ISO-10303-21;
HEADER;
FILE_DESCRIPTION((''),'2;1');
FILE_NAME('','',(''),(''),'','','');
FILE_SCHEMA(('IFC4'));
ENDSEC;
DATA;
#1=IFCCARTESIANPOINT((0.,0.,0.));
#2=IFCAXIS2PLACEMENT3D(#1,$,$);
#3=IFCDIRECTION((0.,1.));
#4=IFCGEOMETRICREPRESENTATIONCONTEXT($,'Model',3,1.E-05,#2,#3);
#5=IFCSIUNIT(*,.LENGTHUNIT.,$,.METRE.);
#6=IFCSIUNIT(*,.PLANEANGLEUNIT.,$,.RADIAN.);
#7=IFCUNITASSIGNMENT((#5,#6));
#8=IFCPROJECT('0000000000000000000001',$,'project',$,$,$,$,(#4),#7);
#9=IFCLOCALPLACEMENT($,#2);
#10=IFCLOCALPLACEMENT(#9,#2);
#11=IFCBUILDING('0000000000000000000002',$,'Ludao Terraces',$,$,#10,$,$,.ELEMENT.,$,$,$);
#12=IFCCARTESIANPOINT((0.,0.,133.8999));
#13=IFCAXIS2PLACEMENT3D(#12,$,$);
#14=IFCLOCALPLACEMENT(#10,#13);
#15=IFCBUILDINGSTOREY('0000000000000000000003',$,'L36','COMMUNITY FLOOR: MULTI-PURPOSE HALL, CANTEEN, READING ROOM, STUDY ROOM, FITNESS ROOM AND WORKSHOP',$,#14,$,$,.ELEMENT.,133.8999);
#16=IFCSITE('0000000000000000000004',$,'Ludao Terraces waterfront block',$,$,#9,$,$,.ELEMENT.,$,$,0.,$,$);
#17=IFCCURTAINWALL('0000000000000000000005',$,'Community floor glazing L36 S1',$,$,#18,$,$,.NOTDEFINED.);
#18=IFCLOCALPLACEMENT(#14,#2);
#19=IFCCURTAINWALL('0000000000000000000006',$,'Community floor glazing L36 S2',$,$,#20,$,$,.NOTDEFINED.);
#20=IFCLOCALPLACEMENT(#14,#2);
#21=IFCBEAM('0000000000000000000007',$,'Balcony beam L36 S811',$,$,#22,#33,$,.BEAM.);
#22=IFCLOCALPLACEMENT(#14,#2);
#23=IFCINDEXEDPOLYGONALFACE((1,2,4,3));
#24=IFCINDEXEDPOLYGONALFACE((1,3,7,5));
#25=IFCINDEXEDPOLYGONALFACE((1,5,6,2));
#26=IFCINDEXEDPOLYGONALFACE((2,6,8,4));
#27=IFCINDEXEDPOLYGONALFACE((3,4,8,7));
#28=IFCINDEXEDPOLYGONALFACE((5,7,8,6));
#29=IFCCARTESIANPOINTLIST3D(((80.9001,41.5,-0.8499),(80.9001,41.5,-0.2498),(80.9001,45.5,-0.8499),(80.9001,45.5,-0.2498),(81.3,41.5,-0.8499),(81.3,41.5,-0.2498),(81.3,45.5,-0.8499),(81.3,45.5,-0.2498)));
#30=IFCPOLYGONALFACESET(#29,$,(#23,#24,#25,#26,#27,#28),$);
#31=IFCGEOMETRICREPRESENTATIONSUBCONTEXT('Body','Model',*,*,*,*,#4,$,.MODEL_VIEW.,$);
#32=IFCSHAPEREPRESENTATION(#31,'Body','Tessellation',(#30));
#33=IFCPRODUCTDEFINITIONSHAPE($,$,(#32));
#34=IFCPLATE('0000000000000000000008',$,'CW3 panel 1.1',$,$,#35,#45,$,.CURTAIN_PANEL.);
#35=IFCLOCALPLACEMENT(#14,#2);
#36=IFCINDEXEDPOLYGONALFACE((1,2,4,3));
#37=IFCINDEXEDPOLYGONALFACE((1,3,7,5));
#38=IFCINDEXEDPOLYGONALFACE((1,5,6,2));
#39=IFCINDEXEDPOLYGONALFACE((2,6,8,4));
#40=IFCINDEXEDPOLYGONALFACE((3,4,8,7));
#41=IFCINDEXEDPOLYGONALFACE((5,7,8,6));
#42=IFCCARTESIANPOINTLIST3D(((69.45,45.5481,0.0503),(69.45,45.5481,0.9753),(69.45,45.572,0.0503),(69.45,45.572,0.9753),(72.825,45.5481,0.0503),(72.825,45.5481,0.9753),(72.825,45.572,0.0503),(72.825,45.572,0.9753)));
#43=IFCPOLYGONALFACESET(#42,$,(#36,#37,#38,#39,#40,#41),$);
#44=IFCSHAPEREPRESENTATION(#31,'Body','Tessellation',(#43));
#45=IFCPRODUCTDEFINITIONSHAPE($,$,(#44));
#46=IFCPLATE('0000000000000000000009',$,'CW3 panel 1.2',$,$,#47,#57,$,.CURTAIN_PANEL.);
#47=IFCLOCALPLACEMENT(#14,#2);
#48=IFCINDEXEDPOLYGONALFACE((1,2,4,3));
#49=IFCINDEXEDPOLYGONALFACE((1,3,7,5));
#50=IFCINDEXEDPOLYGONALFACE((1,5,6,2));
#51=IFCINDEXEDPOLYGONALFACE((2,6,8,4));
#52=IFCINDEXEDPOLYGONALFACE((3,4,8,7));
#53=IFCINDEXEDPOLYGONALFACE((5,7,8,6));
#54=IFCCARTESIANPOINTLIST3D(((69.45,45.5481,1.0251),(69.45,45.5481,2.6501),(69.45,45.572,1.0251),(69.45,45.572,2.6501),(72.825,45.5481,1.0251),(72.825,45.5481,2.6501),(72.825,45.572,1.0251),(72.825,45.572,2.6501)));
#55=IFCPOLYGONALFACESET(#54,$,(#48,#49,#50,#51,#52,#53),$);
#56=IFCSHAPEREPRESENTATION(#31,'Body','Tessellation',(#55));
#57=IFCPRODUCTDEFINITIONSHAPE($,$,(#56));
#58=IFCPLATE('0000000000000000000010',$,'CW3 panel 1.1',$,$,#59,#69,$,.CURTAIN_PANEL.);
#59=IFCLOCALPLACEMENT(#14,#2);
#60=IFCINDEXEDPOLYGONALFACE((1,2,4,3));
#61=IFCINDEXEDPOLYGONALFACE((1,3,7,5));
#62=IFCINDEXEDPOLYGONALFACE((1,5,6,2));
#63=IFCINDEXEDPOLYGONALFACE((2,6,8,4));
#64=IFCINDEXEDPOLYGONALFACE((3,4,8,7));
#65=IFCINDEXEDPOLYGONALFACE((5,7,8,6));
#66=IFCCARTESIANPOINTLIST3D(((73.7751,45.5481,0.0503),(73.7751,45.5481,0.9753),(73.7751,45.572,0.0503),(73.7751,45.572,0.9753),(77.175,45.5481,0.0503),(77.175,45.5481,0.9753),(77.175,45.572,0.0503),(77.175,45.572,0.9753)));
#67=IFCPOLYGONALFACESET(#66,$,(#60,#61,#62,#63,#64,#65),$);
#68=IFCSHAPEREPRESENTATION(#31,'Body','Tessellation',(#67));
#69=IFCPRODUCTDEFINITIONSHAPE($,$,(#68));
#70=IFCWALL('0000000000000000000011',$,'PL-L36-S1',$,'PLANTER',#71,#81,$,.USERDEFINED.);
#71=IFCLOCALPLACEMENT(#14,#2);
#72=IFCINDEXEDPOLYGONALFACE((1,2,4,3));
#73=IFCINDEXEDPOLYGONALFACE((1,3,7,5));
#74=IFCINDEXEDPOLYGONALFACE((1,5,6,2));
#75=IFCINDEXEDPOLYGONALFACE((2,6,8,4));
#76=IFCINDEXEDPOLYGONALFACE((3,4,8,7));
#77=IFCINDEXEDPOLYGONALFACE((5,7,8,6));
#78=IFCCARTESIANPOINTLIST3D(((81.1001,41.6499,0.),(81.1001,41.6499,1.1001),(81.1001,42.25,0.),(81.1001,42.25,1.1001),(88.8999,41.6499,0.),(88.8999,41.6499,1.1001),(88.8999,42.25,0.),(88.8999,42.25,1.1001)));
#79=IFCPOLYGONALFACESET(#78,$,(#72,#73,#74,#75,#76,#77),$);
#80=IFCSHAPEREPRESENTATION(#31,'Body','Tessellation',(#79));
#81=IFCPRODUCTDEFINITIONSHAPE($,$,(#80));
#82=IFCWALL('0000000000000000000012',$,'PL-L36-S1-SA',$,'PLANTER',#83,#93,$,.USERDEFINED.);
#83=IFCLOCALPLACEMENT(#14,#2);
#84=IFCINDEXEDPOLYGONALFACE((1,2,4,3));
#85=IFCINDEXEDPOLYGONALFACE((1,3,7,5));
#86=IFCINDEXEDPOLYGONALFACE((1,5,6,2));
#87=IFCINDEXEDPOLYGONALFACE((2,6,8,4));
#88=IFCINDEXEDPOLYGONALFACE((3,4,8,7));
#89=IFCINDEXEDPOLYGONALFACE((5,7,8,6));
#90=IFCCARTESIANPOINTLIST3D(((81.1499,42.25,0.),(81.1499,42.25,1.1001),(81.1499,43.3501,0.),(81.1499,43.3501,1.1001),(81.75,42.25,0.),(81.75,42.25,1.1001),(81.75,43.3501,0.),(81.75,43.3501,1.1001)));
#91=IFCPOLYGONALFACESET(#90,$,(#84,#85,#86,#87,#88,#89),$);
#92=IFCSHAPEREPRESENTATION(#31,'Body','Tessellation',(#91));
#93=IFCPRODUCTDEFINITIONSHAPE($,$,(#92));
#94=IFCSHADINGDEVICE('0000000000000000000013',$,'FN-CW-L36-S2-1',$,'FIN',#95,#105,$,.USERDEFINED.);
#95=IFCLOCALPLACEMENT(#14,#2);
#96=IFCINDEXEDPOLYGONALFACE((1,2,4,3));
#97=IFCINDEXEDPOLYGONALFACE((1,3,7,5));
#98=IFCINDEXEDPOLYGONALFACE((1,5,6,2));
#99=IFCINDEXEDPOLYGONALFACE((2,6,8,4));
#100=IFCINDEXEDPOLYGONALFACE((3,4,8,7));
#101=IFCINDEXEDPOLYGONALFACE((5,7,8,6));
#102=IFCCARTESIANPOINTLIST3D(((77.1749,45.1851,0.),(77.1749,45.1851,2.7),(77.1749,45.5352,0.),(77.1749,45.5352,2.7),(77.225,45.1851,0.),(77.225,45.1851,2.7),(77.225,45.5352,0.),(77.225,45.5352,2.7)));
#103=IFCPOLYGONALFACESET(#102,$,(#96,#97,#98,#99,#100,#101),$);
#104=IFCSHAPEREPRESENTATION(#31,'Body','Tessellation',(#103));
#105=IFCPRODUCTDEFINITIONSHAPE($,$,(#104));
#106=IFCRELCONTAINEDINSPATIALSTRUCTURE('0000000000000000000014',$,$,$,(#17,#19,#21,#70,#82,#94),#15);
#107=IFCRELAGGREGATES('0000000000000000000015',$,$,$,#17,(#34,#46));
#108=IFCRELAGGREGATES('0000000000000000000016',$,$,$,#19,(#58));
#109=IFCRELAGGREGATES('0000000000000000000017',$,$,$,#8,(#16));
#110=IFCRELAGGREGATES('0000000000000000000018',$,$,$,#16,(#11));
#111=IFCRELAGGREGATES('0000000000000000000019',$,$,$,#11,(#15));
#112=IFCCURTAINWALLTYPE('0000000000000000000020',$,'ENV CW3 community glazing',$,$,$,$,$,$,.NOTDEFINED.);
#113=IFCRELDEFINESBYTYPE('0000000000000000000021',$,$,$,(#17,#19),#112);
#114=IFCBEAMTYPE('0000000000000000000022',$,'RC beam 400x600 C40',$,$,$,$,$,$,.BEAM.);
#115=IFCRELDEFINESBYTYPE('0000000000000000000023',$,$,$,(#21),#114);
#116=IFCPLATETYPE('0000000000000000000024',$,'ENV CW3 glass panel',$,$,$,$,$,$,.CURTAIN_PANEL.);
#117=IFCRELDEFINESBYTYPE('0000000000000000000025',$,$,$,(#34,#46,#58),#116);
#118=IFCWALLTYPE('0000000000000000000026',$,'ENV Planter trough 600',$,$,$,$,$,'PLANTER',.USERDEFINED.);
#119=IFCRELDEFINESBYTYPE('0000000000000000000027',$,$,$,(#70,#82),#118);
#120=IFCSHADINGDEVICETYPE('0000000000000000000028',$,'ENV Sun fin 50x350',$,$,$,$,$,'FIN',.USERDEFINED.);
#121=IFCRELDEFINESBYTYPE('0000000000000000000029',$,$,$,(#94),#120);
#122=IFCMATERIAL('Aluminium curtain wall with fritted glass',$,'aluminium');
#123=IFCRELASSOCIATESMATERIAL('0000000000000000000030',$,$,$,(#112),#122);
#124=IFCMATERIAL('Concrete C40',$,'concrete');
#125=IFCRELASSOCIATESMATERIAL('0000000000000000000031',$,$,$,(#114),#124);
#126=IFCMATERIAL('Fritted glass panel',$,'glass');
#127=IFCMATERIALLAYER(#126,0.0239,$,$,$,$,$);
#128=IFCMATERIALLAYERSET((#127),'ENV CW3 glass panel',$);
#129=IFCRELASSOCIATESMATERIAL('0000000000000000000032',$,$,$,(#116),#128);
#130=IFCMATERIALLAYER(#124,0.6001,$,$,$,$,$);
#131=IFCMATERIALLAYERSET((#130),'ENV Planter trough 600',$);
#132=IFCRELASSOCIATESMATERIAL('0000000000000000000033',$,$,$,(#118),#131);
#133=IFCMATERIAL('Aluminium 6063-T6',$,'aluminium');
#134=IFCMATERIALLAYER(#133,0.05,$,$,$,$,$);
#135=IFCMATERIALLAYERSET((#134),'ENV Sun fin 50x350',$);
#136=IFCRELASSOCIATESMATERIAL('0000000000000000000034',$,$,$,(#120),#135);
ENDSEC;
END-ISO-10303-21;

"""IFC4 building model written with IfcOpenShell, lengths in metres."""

from ifc_helpers import new_model, si_unit, direction, frame, frame_2d, origin, origin_2d, place, context, subcontext, project, spatial, rectangle, extrude, material, layer, layer_set, material_profile, profile_set, type_object, element, aggregate, save


model = new_model("IFC4")

# Units and contexts
model_context = context("Model", 3, precision=1e-05, world=origin(), true_north=direction((0.0, 1.0)))
body_context = subcontext(model_context, "Body", "Model", "MODEL_VIEW")
ifc_project = project(units=[si_unit("LENGTHUNIT", "METRE"), si_unit("PLANEANGLEUNIT", "RADIAN")], contexts=[model_context])

# Site, building, storey
site_placement = place(None, origin())
site = spatial("IfcSite", under=ifc_project, at=site_placement, Name="Ludao Terraces waterfront block", CompositionType="ELEMENT", RefElevation=0.0)
building_placement = place(site_placement, origin())
building = spatial("IfcBuilding", under=site, at=building_placement, Name="Ludao Terraces", CompositionType="ELEMENT")
storey_placement = place(building_placement, frame((0.0, 0.0, 133.8999)))
storey = spatial("IfcBuildingStorey", under=building, at=storey_placement, Name="L36", Description="COMMUNITY FLOOR: MULTI-PURPOSE HALL, CANTEEN, READING ROOM, STUDY ROOM, FITNESS ROOM AND WORKSHOP", CompositionType="ELEMENT", Elevation=133.8999)

# Curtain wall
ifc_material_1 = material(Name="Aluminium curtain wall with fritted glass", Category="aluminium")
curtain_wall_type = type_object("IfcCurtainWallType", Name="ENV CW3 community glazing", PredefinedType="NOTDEFINED", material=ifc_material_1)
curtain_wall_1_placement = place(storey_placement, origin())
curtain_wall_1 = element("IfcCurtainWall", 1, at=curtain_wall_1_placement, inside=storey, type_object=curtain_wall_type, Name="Community floor glazing L36 S1", PredefinedType="NOTDEFINED")
ifc_material_2 = material(Name="Aluminium 6063-T6", Category="aluminium")

# Curtain wall
curtain_wall_2_placement = place(storey_placement, origin())
curtain_wall_2 = element("IfcCurtainWall", 2, at=curtain_wall_2_placement, inside=storey, type_object=curtain_wall_type, Name="Community floor glazing L36 S2", PredefinedType="NOTDEFINED")

# Beam
ifc_material_3 = material(Name="Concrete C40", Category="concrete")
ifc_material_profile_1 = material_profile(ifc_material_3, rectangle(XDim=0.3999, YDim=0.6001, at=origin_2d()), Name="400 X 600")
ifc_profile_set_1 = profile_set([ifc_material_profile_1], Name="Concrete C40")
beam_type_1 = type_object("IfcBeamType", Name="RC beam 400x600 C40", PredefinedType="BEAM", material=ifc_profile_set_1)
beam_1_placement = place(storey_placement, frame((81.1001, 45.5, -0.5498), z_axis=(0.0, -1.0, 0.0), x_axis=(1.0, 0.0, 0.0)))
element("IfcBeam", 3, at=beam_1_placement, inside=storey, type_object=beam_type_1, Name="Balcony beam L36 S811", PredefinedType="BEAM", context=body_context, shape_type="SweptSolid", body=[
    extrude(rectangle(XDim=0.3999, YDim=0.6001, at=origin_2d()), origin(), (0.0, 0.0, 1.0), 4.0),
])

# Plates
ifc_material_4 = material(Name="Fritted glass panel", Category="glass")
ifc_layer_1 = layer(ifc_material_4, 0.0239)
ifc_layer_set_1 = layer_set([ifc_layer_1], Name="ENV CW3 glass panel")
plate_type = type_object("IfcPlateType", Name="ENV CW3 glass panel", PredefinedType="CURTAIN_PANEL", material=ifc_layer_set_1)
plate_1_placement = place(storey_placement, frame((71.1375, 45.5601, 0.0503), z_axis=(0.0, 0.0, 1.0), x_axis=(1.0, 0.0, 0.0)))
plate_1 = element("IfcPlate", 4, at=plate_1_placement, type_object=plate_type, Name="CW3 panel 1.1", PredefinedType="CURTAIN_PANEL", context=body_context, shape_type="SweptSolid", body=[
    extrude(rectangle(XDim=3.375, YDim=0.0239, at=origin_2d()), origin(), (0.0, 0.0, 1.0), 0.925),
])
plate_2_placement = place(storey_placement, frame((71.1375, 45.5601, 1.0251), z_axis=(0.0, 0.0, 1.0), x_axis=(1.0, 0.0, 0.0)))
plate_2 = element("IfcPlate", 5, at=plate_2_placement, type_object=plate_type, Name="CW3 panel 1.2", PredefinedType="CURTAIN_PANEL", context=body_context, shape_type="SweptSolid", body=[
    extrude(rectangle(XDim=3.375, YDim=0.0239, at=origin_2d()), origin(), (0.0, 0.0, 1.0), 1.625),
])
aggregate(curtain_wall_1, [plate_1, plate_2])
plate_3_placement = place(storey_placement, frame((75.4751, 45.5601, 0.0503), z_axis=(0.0, 0.0, 1.0), x_axis=(1.0, 0.0, 0.0)))
plate_3 = element("IfcPlate", 6, at=plate_3_placement, type_object=plate_type, Name="CW3 panel 1.1", PredefinedType="CURTAIN_PANEL", context=body_context, shape_type="SweptSolid", body=[
    extrude(rectangle(XDim=3.3999, YDim=0.0239, at=origin_2d()), origin(), (0.0, 0.0, 1.0), 0.925),
])
aggregate(curtain_wall_2, [plate_3])

# Walls
ifc_layer_2 = layer(ifc_material_3, 0.6001)
ifc_layer_set_2 = layer_set([ifc_layer_2], Name="ENV Planter trough 600")
wall_type = type_object("IfcWallType", Name="ENV Planter trough 600", ElementType="PLANTER", PredefinedType="USERDEFINED", material=ifc_layer_set_2)
wall_1_placement = place(storey_placement, frame((81.1001, 41.95, 0.0), z_axis=(0.0, 0.0, 1.0), x_axis=(1.0, 0.0, 0.0)))
element("IfcWall", 7, at=wall_1_placement, inside=storey, type_object=wall_type, Name="PL-L36-S1", ObjectType="PLANTER", PredefinedType="USERDEFINED", context=body_context, shape_type="SweptSolid", body=[
    extrude(rectangle(XDim=7.7998, YDim=0.6001, at=frame_2d((3.8999, 0.0))), origin(), (0.0, 0.0, 1.0), 1.1001),
])
wall_2_placement = place(storey_placement, frame((81.45, 42.25, 0.0), z_axis=(0.0, 0.0, 1.0), x_axis=(0.0, 1.0, 0.0)))
element("IfcWall", 8, at=wall_2_placement, inside=storey, type_object=wall_type, Name="PL-L36-S1-SA", ObjectType="PLANTER", PredefinedType="USERDEFINED", context=body_context, shape_type="SweptSolid", body=[
    extrude(rectangle(XDim=1.1001, YDim=0.6001, at=frame_2d((0.55, 0.0))), origin(), (0.0, 0.0, 1.0), 1.1001),
])

# Shading device
ifc_layer_3 = layer(ifc_material_2, 0.05)
ifc_layer_set_3 = layer_set([ifc_layer_3], Name="ENV Sun fin 50x350")
shading_device_type = type_object("IfcShadingDeviceType", Name="ENV Sun fin 50x350", ElementType="FIN", PredefinedType="USERDEFINED", material=ifc_layer_set_3)
shading_device_placement = place(storey_placement, frame((77.2, 45.3601, 0.0), z_axis=(0.0, 0.0, 1.0), x_axis=(1.0, 0.0, 0.0)))
element("IfcShadingDevice", 9, at=shading_device_placement, inside=storey, type_object=shading_device_type, Name="FN-CW-L36-S2-1", ObjectType="FIN", PredefinedType="USERDEFINED", context=body_context, shape_type="SweptSolid", body=[
    extrude(rectangle(XDim=0.05, YDim=0.3501, at=origin_2d()), origin(), (0.0, 0.0, 1.0), 2.7),
])

save(model, "model.ifc")
